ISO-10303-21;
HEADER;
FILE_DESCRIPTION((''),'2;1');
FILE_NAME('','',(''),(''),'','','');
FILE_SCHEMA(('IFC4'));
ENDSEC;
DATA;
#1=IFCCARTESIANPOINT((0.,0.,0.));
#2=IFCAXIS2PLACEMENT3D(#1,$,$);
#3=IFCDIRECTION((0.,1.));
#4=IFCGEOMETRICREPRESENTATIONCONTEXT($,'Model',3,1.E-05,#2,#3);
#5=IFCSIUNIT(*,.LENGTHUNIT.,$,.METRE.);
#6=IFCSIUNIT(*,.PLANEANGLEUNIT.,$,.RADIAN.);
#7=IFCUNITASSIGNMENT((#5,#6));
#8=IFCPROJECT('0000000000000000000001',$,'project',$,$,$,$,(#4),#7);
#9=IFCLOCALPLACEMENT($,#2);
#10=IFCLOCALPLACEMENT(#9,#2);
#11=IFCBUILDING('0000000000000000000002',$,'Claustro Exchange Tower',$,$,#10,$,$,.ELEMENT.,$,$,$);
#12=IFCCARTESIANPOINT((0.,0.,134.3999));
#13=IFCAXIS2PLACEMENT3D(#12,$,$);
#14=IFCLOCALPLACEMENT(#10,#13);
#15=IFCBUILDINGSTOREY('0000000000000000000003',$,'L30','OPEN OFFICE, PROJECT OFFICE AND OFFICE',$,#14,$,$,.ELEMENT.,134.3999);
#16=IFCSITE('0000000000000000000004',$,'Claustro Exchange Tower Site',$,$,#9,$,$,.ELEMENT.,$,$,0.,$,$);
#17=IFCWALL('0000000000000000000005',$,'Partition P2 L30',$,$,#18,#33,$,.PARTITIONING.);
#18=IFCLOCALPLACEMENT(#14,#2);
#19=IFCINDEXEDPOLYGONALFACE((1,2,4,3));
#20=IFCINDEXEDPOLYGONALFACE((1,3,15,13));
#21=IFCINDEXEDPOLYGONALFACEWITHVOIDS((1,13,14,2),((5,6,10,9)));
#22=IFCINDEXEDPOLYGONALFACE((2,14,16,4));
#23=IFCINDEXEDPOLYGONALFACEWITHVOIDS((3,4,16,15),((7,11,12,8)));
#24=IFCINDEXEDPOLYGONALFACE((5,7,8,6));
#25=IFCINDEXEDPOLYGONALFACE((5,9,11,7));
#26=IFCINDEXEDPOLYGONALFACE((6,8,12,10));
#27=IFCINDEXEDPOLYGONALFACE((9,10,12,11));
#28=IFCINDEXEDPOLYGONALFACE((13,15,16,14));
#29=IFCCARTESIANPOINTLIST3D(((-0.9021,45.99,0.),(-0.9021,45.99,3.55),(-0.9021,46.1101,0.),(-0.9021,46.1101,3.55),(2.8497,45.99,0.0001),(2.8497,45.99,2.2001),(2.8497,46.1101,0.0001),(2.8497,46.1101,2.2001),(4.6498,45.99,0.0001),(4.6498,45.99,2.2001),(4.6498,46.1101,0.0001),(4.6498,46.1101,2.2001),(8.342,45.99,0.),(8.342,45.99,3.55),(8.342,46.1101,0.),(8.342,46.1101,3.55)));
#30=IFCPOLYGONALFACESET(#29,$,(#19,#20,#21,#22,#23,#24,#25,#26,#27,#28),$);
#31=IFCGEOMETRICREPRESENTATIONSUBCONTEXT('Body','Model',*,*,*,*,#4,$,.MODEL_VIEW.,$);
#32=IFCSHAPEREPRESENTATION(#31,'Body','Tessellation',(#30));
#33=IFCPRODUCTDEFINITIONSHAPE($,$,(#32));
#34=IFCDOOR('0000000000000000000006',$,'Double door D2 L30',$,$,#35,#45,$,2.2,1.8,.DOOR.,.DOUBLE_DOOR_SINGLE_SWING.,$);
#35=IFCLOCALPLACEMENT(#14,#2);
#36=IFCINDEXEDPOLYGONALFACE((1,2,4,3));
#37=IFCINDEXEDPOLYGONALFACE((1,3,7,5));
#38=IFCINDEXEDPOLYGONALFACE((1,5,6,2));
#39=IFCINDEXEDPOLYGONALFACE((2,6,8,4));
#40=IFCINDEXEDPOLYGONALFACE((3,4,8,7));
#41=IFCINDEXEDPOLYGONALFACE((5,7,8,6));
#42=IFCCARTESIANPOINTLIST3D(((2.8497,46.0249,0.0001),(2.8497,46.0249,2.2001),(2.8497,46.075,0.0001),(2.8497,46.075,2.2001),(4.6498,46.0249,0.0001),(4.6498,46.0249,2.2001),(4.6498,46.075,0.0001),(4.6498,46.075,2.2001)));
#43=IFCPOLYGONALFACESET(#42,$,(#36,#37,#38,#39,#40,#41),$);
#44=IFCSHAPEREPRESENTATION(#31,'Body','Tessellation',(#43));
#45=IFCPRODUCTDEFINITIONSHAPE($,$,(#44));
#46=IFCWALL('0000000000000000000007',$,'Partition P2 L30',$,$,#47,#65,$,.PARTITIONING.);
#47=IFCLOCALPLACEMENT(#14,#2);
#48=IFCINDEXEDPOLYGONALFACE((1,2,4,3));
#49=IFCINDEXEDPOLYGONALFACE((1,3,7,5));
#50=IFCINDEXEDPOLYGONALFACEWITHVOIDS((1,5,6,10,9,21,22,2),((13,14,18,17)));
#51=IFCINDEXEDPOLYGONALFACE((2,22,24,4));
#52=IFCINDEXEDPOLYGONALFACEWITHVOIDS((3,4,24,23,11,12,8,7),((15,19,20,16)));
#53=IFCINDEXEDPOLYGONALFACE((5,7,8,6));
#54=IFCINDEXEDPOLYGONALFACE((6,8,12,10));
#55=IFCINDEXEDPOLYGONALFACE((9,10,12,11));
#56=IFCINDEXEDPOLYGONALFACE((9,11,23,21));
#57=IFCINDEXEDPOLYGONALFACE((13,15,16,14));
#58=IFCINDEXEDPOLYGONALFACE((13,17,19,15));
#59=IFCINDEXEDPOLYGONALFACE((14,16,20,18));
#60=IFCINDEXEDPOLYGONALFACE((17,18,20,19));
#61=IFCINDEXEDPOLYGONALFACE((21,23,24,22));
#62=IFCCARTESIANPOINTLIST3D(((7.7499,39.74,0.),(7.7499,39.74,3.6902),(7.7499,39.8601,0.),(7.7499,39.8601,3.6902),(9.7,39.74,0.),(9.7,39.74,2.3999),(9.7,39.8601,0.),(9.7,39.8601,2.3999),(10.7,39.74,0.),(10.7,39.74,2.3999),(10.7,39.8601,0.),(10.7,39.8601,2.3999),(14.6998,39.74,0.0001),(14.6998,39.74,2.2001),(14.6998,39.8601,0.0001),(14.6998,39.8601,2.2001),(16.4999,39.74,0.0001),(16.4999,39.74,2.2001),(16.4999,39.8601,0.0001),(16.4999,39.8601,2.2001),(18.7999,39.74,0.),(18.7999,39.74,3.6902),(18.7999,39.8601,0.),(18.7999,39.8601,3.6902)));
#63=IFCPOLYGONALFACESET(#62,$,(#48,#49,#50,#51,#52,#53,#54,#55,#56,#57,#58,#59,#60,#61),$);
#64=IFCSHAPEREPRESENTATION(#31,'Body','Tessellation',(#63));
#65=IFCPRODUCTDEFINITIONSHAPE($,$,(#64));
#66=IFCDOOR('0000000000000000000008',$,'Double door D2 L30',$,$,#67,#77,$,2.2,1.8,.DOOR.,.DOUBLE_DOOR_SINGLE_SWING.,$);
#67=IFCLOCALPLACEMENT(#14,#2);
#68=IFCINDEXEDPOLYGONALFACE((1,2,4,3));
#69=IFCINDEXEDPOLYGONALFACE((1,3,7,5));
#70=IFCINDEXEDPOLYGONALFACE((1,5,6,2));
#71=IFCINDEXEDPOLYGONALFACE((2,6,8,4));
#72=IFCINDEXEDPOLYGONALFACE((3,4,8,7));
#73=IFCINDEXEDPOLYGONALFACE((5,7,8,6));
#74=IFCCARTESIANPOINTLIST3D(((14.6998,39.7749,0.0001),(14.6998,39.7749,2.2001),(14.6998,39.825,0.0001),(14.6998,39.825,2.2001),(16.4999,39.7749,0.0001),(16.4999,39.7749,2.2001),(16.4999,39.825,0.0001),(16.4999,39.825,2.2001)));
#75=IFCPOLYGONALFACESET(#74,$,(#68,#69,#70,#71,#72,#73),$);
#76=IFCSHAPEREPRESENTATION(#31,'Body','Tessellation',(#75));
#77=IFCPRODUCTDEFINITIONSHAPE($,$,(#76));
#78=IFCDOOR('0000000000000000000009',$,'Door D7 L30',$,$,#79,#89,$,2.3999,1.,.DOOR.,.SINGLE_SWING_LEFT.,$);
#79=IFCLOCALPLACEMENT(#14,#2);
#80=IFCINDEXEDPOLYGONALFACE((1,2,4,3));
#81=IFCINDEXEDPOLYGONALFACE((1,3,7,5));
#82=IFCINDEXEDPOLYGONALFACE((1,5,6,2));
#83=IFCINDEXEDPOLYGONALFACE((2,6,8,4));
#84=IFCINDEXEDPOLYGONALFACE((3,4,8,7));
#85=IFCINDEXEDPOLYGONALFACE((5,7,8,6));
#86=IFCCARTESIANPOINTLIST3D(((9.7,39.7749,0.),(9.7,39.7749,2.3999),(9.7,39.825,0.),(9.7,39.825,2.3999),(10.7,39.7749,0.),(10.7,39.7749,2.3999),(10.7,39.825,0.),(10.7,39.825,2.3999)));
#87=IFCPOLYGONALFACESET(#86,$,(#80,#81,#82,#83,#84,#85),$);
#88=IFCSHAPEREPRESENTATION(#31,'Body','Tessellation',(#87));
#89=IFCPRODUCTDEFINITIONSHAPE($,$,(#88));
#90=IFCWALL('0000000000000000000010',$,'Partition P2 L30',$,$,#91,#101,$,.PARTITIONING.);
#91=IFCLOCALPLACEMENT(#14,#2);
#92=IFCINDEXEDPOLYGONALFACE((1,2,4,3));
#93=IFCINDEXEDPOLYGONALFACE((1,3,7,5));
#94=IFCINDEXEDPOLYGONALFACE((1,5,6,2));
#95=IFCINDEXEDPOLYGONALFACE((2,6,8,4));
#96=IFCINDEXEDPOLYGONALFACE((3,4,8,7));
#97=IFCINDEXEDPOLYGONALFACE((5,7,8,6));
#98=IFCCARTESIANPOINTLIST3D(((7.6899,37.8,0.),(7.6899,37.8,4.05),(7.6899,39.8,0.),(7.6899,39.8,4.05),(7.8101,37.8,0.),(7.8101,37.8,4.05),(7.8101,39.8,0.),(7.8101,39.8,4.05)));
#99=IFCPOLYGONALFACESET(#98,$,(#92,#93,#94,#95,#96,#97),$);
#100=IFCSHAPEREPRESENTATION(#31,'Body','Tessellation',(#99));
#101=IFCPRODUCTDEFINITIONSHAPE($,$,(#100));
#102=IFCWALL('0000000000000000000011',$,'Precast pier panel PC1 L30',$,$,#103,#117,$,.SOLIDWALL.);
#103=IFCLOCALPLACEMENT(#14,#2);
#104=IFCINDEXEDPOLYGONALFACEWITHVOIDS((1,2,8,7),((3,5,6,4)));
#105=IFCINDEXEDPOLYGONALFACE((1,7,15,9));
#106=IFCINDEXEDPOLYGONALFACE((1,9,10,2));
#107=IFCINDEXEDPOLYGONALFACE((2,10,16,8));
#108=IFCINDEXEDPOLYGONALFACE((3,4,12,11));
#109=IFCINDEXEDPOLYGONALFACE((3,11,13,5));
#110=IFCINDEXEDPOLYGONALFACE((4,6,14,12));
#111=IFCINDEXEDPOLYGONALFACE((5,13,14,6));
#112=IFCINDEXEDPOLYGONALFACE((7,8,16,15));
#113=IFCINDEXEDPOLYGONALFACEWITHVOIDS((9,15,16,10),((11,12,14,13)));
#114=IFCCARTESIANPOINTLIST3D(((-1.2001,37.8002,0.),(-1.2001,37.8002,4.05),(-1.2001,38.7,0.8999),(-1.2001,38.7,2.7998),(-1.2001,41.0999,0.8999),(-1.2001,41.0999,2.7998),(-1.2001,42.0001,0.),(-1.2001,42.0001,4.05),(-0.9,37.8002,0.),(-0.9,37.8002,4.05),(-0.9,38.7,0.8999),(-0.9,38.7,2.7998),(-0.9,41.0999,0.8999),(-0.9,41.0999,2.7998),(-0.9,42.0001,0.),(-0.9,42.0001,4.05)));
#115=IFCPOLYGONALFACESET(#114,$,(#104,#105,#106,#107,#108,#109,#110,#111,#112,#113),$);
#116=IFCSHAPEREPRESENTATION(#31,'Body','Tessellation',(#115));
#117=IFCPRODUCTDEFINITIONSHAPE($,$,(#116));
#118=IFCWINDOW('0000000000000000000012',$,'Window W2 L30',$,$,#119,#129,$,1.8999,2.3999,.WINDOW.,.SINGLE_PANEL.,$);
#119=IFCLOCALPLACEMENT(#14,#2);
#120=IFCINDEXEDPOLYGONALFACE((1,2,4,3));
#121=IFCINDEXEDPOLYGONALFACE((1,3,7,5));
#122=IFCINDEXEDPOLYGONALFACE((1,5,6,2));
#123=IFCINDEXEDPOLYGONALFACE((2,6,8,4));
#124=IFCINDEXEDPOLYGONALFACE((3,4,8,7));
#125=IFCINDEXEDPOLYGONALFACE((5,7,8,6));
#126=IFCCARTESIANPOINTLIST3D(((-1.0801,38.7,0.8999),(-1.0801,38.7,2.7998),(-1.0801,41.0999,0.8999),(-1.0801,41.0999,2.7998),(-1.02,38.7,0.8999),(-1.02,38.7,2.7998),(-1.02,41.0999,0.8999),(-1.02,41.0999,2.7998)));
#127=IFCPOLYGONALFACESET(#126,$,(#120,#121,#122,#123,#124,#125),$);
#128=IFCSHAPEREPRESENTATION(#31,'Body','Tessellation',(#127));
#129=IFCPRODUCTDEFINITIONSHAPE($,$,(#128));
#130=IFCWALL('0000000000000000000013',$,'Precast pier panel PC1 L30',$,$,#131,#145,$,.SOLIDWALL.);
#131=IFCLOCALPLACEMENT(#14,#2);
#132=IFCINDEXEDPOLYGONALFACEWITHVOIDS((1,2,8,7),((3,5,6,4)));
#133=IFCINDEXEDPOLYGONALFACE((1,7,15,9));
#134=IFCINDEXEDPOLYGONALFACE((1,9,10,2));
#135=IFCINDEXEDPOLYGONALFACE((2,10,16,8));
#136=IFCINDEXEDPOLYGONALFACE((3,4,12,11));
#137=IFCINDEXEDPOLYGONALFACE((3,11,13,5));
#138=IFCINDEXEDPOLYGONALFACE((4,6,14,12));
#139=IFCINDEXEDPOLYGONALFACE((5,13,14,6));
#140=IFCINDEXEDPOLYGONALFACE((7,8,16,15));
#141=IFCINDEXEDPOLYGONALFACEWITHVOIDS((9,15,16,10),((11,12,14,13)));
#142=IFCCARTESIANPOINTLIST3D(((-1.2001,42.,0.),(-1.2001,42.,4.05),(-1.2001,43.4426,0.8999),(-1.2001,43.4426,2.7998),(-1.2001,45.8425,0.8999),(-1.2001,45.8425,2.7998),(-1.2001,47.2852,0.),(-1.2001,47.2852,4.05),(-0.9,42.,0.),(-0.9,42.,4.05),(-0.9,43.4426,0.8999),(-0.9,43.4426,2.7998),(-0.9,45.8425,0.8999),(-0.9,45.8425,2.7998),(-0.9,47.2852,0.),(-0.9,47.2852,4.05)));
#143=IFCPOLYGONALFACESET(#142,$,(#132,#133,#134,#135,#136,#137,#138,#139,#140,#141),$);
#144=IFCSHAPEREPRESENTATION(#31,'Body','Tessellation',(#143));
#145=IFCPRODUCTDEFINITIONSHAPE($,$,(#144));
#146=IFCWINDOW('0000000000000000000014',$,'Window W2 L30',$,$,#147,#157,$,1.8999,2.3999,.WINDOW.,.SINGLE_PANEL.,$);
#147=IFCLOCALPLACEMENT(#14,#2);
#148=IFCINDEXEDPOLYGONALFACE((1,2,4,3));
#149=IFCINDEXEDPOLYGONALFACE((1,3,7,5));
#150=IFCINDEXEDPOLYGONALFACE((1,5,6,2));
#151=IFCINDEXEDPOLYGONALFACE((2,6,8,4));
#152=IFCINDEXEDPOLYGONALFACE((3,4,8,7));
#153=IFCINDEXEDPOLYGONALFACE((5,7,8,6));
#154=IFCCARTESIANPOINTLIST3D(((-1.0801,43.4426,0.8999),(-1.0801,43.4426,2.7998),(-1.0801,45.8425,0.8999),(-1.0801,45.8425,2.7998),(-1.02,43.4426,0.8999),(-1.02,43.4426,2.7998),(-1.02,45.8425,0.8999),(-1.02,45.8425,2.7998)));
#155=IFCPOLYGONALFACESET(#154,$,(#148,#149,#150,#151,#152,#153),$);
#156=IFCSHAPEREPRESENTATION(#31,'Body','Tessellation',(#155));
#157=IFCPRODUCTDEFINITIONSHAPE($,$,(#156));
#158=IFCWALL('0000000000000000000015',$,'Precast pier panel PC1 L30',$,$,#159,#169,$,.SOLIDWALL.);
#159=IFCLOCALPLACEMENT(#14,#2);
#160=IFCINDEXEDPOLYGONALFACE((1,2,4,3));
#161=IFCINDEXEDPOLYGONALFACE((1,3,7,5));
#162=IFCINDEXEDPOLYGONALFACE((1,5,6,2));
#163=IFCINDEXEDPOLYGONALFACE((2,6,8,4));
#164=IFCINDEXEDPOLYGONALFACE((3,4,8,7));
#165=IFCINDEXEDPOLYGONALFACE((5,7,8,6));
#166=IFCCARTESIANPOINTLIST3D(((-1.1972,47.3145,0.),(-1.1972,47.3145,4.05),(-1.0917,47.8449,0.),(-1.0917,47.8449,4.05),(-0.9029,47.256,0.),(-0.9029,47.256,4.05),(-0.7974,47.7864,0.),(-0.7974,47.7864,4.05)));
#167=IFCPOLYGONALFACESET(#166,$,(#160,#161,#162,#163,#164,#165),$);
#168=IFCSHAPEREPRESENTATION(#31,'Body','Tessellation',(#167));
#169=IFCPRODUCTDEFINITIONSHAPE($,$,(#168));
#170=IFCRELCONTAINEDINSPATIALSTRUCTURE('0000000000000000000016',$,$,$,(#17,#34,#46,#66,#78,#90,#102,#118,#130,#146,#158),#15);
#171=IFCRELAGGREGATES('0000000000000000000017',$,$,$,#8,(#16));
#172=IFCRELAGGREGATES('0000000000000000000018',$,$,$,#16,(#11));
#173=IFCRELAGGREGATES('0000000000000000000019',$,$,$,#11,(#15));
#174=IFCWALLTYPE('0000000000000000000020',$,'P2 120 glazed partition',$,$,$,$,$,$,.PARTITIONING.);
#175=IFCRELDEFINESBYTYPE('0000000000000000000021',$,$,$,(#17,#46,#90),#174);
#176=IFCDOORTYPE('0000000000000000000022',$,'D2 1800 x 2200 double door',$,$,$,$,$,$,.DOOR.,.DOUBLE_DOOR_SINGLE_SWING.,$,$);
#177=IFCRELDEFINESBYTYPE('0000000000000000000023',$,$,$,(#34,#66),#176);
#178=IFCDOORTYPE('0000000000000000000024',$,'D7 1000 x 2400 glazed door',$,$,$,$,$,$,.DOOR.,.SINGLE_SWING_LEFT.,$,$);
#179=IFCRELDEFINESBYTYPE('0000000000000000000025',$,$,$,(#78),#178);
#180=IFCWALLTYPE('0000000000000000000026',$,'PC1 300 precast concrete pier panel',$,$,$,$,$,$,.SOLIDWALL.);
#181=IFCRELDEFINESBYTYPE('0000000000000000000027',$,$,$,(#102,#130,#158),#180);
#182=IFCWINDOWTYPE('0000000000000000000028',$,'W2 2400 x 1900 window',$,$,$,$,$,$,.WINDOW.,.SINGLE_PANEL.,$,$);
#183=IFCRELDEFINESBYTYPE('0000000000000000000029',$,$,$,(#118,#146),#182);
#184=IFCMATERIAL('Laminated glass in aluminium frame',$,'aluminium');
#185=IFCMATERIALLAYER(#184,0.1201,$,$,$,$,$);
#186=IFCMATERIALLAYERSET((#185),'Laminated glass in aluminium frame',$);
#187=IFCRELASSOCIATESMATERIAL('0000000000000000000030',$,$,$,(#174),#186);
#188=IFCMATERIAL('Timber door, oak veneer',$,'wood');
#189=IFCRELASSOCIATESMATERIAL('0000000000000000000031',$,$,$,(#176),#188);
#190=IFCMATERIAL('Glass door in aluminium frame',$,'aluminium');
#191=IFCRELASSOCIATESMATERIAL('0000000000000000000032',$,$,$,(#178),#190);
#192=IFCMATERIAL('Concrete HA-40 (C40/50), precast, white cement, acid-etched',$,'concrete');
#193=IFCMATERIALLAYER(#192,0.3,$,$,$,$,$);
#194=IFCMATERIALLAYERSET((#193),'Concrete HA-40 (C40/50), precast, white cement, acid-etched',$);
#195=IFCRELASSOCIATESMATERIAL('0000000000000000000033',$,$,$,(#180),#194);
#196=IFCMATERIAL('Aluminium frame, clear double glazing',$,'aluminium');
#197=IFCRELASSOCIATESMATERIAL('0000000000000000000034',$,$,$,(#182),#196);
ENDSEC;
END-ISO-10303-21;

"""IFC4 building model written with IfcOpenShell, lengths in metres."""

from ifc_helpers import new_model, si_unit, direction, frame, frame_2d, origin, place, context, subcontext, project, spatial, rectangle, extrude, material, layer, layer_set, type_object, element, fill, save


model = new_model("IFC4")

# Units and contexts
model_context = context("Model", 3, precision=1e-05, world=origin(), true_north=direction((0.0, 1.0)))
body_context = subcontext(model_context, "Body", "Model", "MODEL_VIEW")
ifc_project = project(units=[si_unit("LENGTHUNIT", "METRE"), si_unit("PLANEANGLEUNIT", "RADIAN")], contexts=[model_context])

# Site, building, storey
site_placement = place(None, origin())
site = spatial("IfcSite", under=ifc_project, at=site_placement, Name="Claustro Exchange Tower Site", CompositionType="ELEMENT", RefElevation=0.0)
building_placement = place(site_placement, origin())
building = spatial("IfcBuilding", under=site, at=building_placement, Name="Claustro Exchange Tower", CompositionType="ELEMENT")
storey_placement = place(building_placement, frame((0.0, 0.0, 134.3999)))
storey = spatial("IfcBuildingStorey", under=building, at=storey_placement, Name="L30", Description="OPEN OFFICE, PROJECT OFFICE AND OFFICE", CompositionType="ELEMENT", Elevation=134.3999)

# Wall, opening, door
ifc_material_1 = material(Name="Laminated glass in aluminium frame", Category="aluminium")
ifc_layer_1 = layer(ifc_material_1, 0.1201)
ifc_layer_set_1 = layer_set([ifc_layer_1], Name="Laminated glass in aluminium frame")
wall_type_1 = type_object("IfcWallType", Name="P2 120 glazed partition", PredefinedType="PARTITIONING", material=ifc_layer_set_1)
wall_1_placement = place(storey_placement, frame((-0.9021, 46.05, 0.0), z_axis=(0.0, 0.0, 1.0), x_axis=(1.0, 0.0, 0.0)))
wall_1 = element("IfcWall", 1, at=wall_1_placement, inside=storey, type_object=wall_type_1, Name="Partition P2 L30", PredefinedType="PARTITIONING", context=body_context, shape_type="SweptSolid", body=[
    extrude(rectangle(XDim=9.2441, YDim=0.1201, at=frame_2d((4.6221, 0.0))), origin(), (0.0, 0.0, 1.0), 3.55),
])
opening_1_placement = place(wall_1_placement, frame((3.752, 0.0, 0.0)))
opening_1 = element("IfcOpeningElement", 2, at=opening_1_placement, cuts=wall_1, PredefinedType="OPENING", context=body_context, shape_type="SweptSolid", body=[
    extrude(rectangle(XDim=1.8, YDim=2.2, at=frame_2d((0.8999, 1.1001))), frame((0.0, 0.0701, 0.0), z_axis=(0.0, -1.0, 0.0), x_axis=(1.0, 0.0, 0.0)), (0.0, 0.0, 1.0), 0.1401),
])
ifc_material_2 = material(Name="Timber door, oak veneer", Category="wood")
door_type_1 = type_object("IfcDoorType", Name="D2 1800 x 2200 double door", OperationType="DOUBLE_DOOR_SINGLE_SWING", PredefinedType="DOOR", material=ifc_material_2)
door_1_placement = place(opening_1_placement, origin())
door_1 = element("IfcDoor", 3, at=door_1_placement, inside=storey, type_object=door_type_1, Name="Double door D2 L30", OperationType="DOUBLE_DOOR_SINGLE_SWING", OverallHeight=2.2, OverallWidth=1.8, PredefinedType="DOOR", context=body_context, shape_type="SweptSolid", body=[
    extrude(rectangle(XDim=1.8, YDim=2.2, at=frame_2d((0.8999, 1.1001))), frame((0.0, 0.0249, 0.0), z_axis=(0.0, -1.0, 0.0), x_axis=(1.0, 0.0, 0.0)), (0.0, 0.0, 1.0), 0.05),
])
fill(opening_1, door_1)

# Wall, openings, doors
wall_2_placement = place(storey_placement, frame((7.75, 39.8, 0.0), z_axis=(0.0, 0.0, 1.0), x_axis=(1.0, 0.0, 0.0)))
wall_2 = element("IfcWall", 4, at=wall_2_placement, inside=storey, type_object=wall_type_1, Name="Partition P2 L30", PredefinedType="PARTITIONING", context=body_context, shape_type="SweptSolid", body=[
    extrude(rectangle(XDim=11.05, YDim=0.1201, at=frame_2d((5.5249, 0.0))), origin(), (0.0, 0.0, 1.0), 3.6902),
])
opening_2_placement = place(wall_2_placement, frame((1.95, 0.0, 0.0)))
opening_2 = element("IfcOpeningElement", 5, at=opening_2_placement, cuts=wall_2, PredefinedType="OPENING", context=body_context, shape_type="SweptSolid", body=[
    extrude(rectangle(XDim=1.0, YDim=2.3999, at=frame_2d((0.5, 1.2))), frame((0.0, 0.0701, 0.0), z_axis=(0.0, -1.0, 0.0), x_axis=(1.0, 0.0, 0.0)), (0.0, 0.0, 1.0), 0.1401),
])
opening_3_placement = place(wall_2_placement, frame((6.95, 0.0, 0.0)))
opening_3 = element("IfcOpeningElement", 6, at=opening_3_placement, cuts=wall_2, PredefinedType="OPENING", context=body_context, shape_type="SweptSolid", body=[
    extrude(rectangle(XDim=1.8, YDim=2.2, at=frame_2d((0.8999, 1.1001))), frame((0.0, 0.0701, 0.0), z_axis=(0.0, -1.0, 0.0), x_axis=(1.0, 0.0, 0.0)), (0.0, 0.0, 1.0), 0.1401),
])
door_2_placement = place(opening_3_placement, origin())
door_2 = element("IfcDoor", 7, at=door_2_placement, inside=storey, type_object=door_type_1, Name="Double door D2 L30", OperationType="DOUBLE_DOOR_SINGLE_SWING", OverallHeight=2.2, OverallWidth=1.8, PredefinedType="DOOR", context=body_context, shape_type="SweptSolid", body=[
    extrude(rectangle(XDim=1.8, YDim=2.2, at=frame_2d((0.8999, 1.1001))), frame((0.0, 0.0249, 0.0), z_axis=(0.0, -1.0, 0.0), x_axis=(1.0, 0.0, 0.0)), (0.0, 0.0, 1.0), 0.05),
])
fill(opening_3, door_2)
ifc_material_3 = material(Name="Glass door in aluminium frame", Category="aluminium")
door_type_2 = type_object("IfcDoorType", Name="D7 1000 x 2400 glazed door", OperationType="SINGLE_SWING_LEFT", PredefinedType="DOOR", material=ifc_material_3)
door_3_placement = place(opening_2_placement, origin())
door_3 = element("IfcDoor", 8, at=door_3_placement, inside=storey, type_object=door_type_2, Name="Door D7 L30", OperationType="SINGLE_SWING_LEFT", OverallHeight=2.3999, OverallWidth=1.0, PredefinedType="DOOR", context=body_context, shape_type="SweptSolid", body=[
    extrude(rectangle(XDim=1.0, YDim=2.3999, at=frame_2d((0.5, 1.2))), frame((0.0, 0.0249, 0.0), z_axis=(0.0, -1.0, 0.0), x_axis=(1.0, 0.0, 0.0)), (0.0, 0.0, 1.0), 0.05),
])
fill(opening_2, door_3)

# Wall
wall_3_placement = place(storey_placement, frame((7.75, 37.8, 0.0), z_axis=(0.0, 0.0, 1.0), x_axis=(0.0, 1.0, 0.0)))
element("IfcWall", 9, at=wall_3_placement, inside=storey, type_object=wall_type_1, Name="Partition P2 L30", PredefinedType="PARTITIONING", context=body_context, shape_type="SweptSolid", body=[
    extrude(rectangle(XDim=2.0, YDim=0.1201, at=frame_2d((1.0, 0.0))), origin(), (0.0, 0.0, 1.0), 4.05),
])

# Walls, openings, windows
ifc_material_4 = material(Name="Concrete HA-40 (C40/50), precast, white cement, acid-etched", Category="concrete")
ifc_layer_2 = layer(ifc_material_4, 0.3)
ifc_layer_set_2 = layer_set([ifc_layer_2], Name="Concrete HA-40 (C40/50), precast, white cement, acid-etched")
wall_type_2 = type_object("IfcWallType", Name="PC1 300 precast concrete pier panel", PredefinedType="SOLIDWALL", material=ifc_layer_set_2)
wall_4_placement = place(storey_placement, frame((-1.05, 37.8, 0.0), z_axis=(0.0, 0.0, 1.0), x_axis=(0.0, 1.0, 0.0)))
wall_4 = element("IfcWall", 10, at=wall_4_placement, inside=storey, type_object=wall_type_2, Name="Precast pier panel PC1 L30", PredefinedType="SOLIDWALL", context=body_context, shape_type="SweptSolid", body=[
    extrude(rectangle(XDim=4.2, YDim=0.3, at=frame_2d((2.1001, 0.0))), origin(), (0.0, 0.0, 1.0), 4.05),
])
opening_4_placement = place(wall_4_placement, frame((0.8999, 0.0, 0.8999)))
opening_4 = element("IfcOpeningElement", 11, at=opening_4_placement, cuts=wall_4, PredefinedType="OPENING", context=body_context, shape_type="SweptSolid", body=[
    extrude(rectangle(XDim=2.3999, YDim=1.8999, at=frame_2d((1.2, 0.95))), frame((0.0, 0.1599, 0.0), z_axis=(0.0, -1.0, 0.0), x_axis=(1.0, 0.0, 0.0)), (0.0, 0.0, 1.0), 0.3201),
])
ifc_material_5 = material(Name="Aluminium frame, clear double glazing", Category="aluminium")
window_type_1 = type_object("IfcWindowType", Name="W2 2400 x 1900 window", PartitioningType="SINGLE_PANEL", PredefinedType="WINDOW", material=ifc_material_5)
window_1_placement = place(opening_4_placement, origin())
window_1 = element("IfcWindow", 12, at=window_1_placement, inside=storey, type_object=window_type_1, Name="Window W2 L30", OverallHeight=1.8999, OverallWidth=2.3999, PartitioningType="SINGLE_PANEL", PredefinedType="WINDOW", context=body_context, shape_type="SweptSolid", body=[
    extrude(rectangle(XDim=2.3999, YDim=1.8999, at=frame_2d((1.2, 0.95))), frame((0.0, 0.03, 0.0), z_axis=(0.0, -1.0, 0.0), x_axis=(1.0, 0.0, 0.0)), (0.0, 0.0, 1.0), 0.0601),
])
fill(opening_4, window_1)
wall_5_placement = place(storey_placement, frame((-1.05, 42.0, 0.0), z_axis=(0.0, 0.0, 1.0), x_axis=(0.0, 1.0, 0.0)))
wall_5 = element("IfcWall", 13, at=wall_5_placement, inside=storey, type_object=wall_type_2, Name="Precast pier panel PC1 L30", PredefinedType="SOLIDWALL", context=body_context, shape_type="SweptSolid", body=[
    extrude(rectangle(XDim=5.2852, YDim=0.3, at=frame_2d((2.6426, 0.0))), origin(), (0.0, 0.0, 1.0), 4.05),
])
opening_5_placement = place(wall_5_placement, frame((1.4426, 0.0, 0.8999)))
opening_5 = element("IfcOpeningElement", 14, at=opening_5_placement, cuts=wall_5, PredefinedType="OPENING", context=body_context, shape_type="SweptSolid", body=[
    extrude(rectangle(XDim=2.3999, YDim=1.8999, at=frame_2d((1.2, 0.95))), frame((0.0, 0.1599, 0.0), z_axis=(0.0, -1.0, 0.0), x_axis=(1.0, 0.0, 0.0)), (0.0, 0.0, 1.0), 0.3201),
])
window_2_placement = place(opening_5_placement, origin())
window_2 = element("IfcWindow", 15, at=window_2_placement, inside=storey, type_object=window_type_1, Name="Window W2 L30", OverallHeight=1.8999, OverallWidth=2.3999, PartitioningType="SINGLE_PANEL", PredefinedType="WINDOW", context=body_context, shape_type="SweptSolid", body=[
    extrude(rectangle(XDim=2.3999, YDim=1.8999, at=frame_2d((1.2, 0.95))), frame((0.0, 0.03, 0.0), z_axis=(0.0, -1.0, 0.0), x_axis=(1.0, 0.0, 0.0)), (0.0, 0.0, 1.0), 0.0601),
])
fill(opening_5, window_2)

# Wall
wall_6_placement = place(storey_placement, frame((-1.05, 47.2852, 0.0), z_axis=(0.0, 0.0, 1.0), x_axis=(0.195074, 0.980789, 0.0)))
element("IfcWall", 16, at=wall_6_placement, inside=storey, type_object=wall_type_2, Name="Precast pier panel PC1 L30", PredefinedType="SOLIDWALL", context=body_context, shape_type="SweptSolid", body=[
    extrude(rectangle(XDim=0.5408, YDim=0.3, at=frame_2d((0.2705, 0.0))), origin(), (0.0, 0.0, 1.0), 4.05),
])

save(model, "model.ifc")
